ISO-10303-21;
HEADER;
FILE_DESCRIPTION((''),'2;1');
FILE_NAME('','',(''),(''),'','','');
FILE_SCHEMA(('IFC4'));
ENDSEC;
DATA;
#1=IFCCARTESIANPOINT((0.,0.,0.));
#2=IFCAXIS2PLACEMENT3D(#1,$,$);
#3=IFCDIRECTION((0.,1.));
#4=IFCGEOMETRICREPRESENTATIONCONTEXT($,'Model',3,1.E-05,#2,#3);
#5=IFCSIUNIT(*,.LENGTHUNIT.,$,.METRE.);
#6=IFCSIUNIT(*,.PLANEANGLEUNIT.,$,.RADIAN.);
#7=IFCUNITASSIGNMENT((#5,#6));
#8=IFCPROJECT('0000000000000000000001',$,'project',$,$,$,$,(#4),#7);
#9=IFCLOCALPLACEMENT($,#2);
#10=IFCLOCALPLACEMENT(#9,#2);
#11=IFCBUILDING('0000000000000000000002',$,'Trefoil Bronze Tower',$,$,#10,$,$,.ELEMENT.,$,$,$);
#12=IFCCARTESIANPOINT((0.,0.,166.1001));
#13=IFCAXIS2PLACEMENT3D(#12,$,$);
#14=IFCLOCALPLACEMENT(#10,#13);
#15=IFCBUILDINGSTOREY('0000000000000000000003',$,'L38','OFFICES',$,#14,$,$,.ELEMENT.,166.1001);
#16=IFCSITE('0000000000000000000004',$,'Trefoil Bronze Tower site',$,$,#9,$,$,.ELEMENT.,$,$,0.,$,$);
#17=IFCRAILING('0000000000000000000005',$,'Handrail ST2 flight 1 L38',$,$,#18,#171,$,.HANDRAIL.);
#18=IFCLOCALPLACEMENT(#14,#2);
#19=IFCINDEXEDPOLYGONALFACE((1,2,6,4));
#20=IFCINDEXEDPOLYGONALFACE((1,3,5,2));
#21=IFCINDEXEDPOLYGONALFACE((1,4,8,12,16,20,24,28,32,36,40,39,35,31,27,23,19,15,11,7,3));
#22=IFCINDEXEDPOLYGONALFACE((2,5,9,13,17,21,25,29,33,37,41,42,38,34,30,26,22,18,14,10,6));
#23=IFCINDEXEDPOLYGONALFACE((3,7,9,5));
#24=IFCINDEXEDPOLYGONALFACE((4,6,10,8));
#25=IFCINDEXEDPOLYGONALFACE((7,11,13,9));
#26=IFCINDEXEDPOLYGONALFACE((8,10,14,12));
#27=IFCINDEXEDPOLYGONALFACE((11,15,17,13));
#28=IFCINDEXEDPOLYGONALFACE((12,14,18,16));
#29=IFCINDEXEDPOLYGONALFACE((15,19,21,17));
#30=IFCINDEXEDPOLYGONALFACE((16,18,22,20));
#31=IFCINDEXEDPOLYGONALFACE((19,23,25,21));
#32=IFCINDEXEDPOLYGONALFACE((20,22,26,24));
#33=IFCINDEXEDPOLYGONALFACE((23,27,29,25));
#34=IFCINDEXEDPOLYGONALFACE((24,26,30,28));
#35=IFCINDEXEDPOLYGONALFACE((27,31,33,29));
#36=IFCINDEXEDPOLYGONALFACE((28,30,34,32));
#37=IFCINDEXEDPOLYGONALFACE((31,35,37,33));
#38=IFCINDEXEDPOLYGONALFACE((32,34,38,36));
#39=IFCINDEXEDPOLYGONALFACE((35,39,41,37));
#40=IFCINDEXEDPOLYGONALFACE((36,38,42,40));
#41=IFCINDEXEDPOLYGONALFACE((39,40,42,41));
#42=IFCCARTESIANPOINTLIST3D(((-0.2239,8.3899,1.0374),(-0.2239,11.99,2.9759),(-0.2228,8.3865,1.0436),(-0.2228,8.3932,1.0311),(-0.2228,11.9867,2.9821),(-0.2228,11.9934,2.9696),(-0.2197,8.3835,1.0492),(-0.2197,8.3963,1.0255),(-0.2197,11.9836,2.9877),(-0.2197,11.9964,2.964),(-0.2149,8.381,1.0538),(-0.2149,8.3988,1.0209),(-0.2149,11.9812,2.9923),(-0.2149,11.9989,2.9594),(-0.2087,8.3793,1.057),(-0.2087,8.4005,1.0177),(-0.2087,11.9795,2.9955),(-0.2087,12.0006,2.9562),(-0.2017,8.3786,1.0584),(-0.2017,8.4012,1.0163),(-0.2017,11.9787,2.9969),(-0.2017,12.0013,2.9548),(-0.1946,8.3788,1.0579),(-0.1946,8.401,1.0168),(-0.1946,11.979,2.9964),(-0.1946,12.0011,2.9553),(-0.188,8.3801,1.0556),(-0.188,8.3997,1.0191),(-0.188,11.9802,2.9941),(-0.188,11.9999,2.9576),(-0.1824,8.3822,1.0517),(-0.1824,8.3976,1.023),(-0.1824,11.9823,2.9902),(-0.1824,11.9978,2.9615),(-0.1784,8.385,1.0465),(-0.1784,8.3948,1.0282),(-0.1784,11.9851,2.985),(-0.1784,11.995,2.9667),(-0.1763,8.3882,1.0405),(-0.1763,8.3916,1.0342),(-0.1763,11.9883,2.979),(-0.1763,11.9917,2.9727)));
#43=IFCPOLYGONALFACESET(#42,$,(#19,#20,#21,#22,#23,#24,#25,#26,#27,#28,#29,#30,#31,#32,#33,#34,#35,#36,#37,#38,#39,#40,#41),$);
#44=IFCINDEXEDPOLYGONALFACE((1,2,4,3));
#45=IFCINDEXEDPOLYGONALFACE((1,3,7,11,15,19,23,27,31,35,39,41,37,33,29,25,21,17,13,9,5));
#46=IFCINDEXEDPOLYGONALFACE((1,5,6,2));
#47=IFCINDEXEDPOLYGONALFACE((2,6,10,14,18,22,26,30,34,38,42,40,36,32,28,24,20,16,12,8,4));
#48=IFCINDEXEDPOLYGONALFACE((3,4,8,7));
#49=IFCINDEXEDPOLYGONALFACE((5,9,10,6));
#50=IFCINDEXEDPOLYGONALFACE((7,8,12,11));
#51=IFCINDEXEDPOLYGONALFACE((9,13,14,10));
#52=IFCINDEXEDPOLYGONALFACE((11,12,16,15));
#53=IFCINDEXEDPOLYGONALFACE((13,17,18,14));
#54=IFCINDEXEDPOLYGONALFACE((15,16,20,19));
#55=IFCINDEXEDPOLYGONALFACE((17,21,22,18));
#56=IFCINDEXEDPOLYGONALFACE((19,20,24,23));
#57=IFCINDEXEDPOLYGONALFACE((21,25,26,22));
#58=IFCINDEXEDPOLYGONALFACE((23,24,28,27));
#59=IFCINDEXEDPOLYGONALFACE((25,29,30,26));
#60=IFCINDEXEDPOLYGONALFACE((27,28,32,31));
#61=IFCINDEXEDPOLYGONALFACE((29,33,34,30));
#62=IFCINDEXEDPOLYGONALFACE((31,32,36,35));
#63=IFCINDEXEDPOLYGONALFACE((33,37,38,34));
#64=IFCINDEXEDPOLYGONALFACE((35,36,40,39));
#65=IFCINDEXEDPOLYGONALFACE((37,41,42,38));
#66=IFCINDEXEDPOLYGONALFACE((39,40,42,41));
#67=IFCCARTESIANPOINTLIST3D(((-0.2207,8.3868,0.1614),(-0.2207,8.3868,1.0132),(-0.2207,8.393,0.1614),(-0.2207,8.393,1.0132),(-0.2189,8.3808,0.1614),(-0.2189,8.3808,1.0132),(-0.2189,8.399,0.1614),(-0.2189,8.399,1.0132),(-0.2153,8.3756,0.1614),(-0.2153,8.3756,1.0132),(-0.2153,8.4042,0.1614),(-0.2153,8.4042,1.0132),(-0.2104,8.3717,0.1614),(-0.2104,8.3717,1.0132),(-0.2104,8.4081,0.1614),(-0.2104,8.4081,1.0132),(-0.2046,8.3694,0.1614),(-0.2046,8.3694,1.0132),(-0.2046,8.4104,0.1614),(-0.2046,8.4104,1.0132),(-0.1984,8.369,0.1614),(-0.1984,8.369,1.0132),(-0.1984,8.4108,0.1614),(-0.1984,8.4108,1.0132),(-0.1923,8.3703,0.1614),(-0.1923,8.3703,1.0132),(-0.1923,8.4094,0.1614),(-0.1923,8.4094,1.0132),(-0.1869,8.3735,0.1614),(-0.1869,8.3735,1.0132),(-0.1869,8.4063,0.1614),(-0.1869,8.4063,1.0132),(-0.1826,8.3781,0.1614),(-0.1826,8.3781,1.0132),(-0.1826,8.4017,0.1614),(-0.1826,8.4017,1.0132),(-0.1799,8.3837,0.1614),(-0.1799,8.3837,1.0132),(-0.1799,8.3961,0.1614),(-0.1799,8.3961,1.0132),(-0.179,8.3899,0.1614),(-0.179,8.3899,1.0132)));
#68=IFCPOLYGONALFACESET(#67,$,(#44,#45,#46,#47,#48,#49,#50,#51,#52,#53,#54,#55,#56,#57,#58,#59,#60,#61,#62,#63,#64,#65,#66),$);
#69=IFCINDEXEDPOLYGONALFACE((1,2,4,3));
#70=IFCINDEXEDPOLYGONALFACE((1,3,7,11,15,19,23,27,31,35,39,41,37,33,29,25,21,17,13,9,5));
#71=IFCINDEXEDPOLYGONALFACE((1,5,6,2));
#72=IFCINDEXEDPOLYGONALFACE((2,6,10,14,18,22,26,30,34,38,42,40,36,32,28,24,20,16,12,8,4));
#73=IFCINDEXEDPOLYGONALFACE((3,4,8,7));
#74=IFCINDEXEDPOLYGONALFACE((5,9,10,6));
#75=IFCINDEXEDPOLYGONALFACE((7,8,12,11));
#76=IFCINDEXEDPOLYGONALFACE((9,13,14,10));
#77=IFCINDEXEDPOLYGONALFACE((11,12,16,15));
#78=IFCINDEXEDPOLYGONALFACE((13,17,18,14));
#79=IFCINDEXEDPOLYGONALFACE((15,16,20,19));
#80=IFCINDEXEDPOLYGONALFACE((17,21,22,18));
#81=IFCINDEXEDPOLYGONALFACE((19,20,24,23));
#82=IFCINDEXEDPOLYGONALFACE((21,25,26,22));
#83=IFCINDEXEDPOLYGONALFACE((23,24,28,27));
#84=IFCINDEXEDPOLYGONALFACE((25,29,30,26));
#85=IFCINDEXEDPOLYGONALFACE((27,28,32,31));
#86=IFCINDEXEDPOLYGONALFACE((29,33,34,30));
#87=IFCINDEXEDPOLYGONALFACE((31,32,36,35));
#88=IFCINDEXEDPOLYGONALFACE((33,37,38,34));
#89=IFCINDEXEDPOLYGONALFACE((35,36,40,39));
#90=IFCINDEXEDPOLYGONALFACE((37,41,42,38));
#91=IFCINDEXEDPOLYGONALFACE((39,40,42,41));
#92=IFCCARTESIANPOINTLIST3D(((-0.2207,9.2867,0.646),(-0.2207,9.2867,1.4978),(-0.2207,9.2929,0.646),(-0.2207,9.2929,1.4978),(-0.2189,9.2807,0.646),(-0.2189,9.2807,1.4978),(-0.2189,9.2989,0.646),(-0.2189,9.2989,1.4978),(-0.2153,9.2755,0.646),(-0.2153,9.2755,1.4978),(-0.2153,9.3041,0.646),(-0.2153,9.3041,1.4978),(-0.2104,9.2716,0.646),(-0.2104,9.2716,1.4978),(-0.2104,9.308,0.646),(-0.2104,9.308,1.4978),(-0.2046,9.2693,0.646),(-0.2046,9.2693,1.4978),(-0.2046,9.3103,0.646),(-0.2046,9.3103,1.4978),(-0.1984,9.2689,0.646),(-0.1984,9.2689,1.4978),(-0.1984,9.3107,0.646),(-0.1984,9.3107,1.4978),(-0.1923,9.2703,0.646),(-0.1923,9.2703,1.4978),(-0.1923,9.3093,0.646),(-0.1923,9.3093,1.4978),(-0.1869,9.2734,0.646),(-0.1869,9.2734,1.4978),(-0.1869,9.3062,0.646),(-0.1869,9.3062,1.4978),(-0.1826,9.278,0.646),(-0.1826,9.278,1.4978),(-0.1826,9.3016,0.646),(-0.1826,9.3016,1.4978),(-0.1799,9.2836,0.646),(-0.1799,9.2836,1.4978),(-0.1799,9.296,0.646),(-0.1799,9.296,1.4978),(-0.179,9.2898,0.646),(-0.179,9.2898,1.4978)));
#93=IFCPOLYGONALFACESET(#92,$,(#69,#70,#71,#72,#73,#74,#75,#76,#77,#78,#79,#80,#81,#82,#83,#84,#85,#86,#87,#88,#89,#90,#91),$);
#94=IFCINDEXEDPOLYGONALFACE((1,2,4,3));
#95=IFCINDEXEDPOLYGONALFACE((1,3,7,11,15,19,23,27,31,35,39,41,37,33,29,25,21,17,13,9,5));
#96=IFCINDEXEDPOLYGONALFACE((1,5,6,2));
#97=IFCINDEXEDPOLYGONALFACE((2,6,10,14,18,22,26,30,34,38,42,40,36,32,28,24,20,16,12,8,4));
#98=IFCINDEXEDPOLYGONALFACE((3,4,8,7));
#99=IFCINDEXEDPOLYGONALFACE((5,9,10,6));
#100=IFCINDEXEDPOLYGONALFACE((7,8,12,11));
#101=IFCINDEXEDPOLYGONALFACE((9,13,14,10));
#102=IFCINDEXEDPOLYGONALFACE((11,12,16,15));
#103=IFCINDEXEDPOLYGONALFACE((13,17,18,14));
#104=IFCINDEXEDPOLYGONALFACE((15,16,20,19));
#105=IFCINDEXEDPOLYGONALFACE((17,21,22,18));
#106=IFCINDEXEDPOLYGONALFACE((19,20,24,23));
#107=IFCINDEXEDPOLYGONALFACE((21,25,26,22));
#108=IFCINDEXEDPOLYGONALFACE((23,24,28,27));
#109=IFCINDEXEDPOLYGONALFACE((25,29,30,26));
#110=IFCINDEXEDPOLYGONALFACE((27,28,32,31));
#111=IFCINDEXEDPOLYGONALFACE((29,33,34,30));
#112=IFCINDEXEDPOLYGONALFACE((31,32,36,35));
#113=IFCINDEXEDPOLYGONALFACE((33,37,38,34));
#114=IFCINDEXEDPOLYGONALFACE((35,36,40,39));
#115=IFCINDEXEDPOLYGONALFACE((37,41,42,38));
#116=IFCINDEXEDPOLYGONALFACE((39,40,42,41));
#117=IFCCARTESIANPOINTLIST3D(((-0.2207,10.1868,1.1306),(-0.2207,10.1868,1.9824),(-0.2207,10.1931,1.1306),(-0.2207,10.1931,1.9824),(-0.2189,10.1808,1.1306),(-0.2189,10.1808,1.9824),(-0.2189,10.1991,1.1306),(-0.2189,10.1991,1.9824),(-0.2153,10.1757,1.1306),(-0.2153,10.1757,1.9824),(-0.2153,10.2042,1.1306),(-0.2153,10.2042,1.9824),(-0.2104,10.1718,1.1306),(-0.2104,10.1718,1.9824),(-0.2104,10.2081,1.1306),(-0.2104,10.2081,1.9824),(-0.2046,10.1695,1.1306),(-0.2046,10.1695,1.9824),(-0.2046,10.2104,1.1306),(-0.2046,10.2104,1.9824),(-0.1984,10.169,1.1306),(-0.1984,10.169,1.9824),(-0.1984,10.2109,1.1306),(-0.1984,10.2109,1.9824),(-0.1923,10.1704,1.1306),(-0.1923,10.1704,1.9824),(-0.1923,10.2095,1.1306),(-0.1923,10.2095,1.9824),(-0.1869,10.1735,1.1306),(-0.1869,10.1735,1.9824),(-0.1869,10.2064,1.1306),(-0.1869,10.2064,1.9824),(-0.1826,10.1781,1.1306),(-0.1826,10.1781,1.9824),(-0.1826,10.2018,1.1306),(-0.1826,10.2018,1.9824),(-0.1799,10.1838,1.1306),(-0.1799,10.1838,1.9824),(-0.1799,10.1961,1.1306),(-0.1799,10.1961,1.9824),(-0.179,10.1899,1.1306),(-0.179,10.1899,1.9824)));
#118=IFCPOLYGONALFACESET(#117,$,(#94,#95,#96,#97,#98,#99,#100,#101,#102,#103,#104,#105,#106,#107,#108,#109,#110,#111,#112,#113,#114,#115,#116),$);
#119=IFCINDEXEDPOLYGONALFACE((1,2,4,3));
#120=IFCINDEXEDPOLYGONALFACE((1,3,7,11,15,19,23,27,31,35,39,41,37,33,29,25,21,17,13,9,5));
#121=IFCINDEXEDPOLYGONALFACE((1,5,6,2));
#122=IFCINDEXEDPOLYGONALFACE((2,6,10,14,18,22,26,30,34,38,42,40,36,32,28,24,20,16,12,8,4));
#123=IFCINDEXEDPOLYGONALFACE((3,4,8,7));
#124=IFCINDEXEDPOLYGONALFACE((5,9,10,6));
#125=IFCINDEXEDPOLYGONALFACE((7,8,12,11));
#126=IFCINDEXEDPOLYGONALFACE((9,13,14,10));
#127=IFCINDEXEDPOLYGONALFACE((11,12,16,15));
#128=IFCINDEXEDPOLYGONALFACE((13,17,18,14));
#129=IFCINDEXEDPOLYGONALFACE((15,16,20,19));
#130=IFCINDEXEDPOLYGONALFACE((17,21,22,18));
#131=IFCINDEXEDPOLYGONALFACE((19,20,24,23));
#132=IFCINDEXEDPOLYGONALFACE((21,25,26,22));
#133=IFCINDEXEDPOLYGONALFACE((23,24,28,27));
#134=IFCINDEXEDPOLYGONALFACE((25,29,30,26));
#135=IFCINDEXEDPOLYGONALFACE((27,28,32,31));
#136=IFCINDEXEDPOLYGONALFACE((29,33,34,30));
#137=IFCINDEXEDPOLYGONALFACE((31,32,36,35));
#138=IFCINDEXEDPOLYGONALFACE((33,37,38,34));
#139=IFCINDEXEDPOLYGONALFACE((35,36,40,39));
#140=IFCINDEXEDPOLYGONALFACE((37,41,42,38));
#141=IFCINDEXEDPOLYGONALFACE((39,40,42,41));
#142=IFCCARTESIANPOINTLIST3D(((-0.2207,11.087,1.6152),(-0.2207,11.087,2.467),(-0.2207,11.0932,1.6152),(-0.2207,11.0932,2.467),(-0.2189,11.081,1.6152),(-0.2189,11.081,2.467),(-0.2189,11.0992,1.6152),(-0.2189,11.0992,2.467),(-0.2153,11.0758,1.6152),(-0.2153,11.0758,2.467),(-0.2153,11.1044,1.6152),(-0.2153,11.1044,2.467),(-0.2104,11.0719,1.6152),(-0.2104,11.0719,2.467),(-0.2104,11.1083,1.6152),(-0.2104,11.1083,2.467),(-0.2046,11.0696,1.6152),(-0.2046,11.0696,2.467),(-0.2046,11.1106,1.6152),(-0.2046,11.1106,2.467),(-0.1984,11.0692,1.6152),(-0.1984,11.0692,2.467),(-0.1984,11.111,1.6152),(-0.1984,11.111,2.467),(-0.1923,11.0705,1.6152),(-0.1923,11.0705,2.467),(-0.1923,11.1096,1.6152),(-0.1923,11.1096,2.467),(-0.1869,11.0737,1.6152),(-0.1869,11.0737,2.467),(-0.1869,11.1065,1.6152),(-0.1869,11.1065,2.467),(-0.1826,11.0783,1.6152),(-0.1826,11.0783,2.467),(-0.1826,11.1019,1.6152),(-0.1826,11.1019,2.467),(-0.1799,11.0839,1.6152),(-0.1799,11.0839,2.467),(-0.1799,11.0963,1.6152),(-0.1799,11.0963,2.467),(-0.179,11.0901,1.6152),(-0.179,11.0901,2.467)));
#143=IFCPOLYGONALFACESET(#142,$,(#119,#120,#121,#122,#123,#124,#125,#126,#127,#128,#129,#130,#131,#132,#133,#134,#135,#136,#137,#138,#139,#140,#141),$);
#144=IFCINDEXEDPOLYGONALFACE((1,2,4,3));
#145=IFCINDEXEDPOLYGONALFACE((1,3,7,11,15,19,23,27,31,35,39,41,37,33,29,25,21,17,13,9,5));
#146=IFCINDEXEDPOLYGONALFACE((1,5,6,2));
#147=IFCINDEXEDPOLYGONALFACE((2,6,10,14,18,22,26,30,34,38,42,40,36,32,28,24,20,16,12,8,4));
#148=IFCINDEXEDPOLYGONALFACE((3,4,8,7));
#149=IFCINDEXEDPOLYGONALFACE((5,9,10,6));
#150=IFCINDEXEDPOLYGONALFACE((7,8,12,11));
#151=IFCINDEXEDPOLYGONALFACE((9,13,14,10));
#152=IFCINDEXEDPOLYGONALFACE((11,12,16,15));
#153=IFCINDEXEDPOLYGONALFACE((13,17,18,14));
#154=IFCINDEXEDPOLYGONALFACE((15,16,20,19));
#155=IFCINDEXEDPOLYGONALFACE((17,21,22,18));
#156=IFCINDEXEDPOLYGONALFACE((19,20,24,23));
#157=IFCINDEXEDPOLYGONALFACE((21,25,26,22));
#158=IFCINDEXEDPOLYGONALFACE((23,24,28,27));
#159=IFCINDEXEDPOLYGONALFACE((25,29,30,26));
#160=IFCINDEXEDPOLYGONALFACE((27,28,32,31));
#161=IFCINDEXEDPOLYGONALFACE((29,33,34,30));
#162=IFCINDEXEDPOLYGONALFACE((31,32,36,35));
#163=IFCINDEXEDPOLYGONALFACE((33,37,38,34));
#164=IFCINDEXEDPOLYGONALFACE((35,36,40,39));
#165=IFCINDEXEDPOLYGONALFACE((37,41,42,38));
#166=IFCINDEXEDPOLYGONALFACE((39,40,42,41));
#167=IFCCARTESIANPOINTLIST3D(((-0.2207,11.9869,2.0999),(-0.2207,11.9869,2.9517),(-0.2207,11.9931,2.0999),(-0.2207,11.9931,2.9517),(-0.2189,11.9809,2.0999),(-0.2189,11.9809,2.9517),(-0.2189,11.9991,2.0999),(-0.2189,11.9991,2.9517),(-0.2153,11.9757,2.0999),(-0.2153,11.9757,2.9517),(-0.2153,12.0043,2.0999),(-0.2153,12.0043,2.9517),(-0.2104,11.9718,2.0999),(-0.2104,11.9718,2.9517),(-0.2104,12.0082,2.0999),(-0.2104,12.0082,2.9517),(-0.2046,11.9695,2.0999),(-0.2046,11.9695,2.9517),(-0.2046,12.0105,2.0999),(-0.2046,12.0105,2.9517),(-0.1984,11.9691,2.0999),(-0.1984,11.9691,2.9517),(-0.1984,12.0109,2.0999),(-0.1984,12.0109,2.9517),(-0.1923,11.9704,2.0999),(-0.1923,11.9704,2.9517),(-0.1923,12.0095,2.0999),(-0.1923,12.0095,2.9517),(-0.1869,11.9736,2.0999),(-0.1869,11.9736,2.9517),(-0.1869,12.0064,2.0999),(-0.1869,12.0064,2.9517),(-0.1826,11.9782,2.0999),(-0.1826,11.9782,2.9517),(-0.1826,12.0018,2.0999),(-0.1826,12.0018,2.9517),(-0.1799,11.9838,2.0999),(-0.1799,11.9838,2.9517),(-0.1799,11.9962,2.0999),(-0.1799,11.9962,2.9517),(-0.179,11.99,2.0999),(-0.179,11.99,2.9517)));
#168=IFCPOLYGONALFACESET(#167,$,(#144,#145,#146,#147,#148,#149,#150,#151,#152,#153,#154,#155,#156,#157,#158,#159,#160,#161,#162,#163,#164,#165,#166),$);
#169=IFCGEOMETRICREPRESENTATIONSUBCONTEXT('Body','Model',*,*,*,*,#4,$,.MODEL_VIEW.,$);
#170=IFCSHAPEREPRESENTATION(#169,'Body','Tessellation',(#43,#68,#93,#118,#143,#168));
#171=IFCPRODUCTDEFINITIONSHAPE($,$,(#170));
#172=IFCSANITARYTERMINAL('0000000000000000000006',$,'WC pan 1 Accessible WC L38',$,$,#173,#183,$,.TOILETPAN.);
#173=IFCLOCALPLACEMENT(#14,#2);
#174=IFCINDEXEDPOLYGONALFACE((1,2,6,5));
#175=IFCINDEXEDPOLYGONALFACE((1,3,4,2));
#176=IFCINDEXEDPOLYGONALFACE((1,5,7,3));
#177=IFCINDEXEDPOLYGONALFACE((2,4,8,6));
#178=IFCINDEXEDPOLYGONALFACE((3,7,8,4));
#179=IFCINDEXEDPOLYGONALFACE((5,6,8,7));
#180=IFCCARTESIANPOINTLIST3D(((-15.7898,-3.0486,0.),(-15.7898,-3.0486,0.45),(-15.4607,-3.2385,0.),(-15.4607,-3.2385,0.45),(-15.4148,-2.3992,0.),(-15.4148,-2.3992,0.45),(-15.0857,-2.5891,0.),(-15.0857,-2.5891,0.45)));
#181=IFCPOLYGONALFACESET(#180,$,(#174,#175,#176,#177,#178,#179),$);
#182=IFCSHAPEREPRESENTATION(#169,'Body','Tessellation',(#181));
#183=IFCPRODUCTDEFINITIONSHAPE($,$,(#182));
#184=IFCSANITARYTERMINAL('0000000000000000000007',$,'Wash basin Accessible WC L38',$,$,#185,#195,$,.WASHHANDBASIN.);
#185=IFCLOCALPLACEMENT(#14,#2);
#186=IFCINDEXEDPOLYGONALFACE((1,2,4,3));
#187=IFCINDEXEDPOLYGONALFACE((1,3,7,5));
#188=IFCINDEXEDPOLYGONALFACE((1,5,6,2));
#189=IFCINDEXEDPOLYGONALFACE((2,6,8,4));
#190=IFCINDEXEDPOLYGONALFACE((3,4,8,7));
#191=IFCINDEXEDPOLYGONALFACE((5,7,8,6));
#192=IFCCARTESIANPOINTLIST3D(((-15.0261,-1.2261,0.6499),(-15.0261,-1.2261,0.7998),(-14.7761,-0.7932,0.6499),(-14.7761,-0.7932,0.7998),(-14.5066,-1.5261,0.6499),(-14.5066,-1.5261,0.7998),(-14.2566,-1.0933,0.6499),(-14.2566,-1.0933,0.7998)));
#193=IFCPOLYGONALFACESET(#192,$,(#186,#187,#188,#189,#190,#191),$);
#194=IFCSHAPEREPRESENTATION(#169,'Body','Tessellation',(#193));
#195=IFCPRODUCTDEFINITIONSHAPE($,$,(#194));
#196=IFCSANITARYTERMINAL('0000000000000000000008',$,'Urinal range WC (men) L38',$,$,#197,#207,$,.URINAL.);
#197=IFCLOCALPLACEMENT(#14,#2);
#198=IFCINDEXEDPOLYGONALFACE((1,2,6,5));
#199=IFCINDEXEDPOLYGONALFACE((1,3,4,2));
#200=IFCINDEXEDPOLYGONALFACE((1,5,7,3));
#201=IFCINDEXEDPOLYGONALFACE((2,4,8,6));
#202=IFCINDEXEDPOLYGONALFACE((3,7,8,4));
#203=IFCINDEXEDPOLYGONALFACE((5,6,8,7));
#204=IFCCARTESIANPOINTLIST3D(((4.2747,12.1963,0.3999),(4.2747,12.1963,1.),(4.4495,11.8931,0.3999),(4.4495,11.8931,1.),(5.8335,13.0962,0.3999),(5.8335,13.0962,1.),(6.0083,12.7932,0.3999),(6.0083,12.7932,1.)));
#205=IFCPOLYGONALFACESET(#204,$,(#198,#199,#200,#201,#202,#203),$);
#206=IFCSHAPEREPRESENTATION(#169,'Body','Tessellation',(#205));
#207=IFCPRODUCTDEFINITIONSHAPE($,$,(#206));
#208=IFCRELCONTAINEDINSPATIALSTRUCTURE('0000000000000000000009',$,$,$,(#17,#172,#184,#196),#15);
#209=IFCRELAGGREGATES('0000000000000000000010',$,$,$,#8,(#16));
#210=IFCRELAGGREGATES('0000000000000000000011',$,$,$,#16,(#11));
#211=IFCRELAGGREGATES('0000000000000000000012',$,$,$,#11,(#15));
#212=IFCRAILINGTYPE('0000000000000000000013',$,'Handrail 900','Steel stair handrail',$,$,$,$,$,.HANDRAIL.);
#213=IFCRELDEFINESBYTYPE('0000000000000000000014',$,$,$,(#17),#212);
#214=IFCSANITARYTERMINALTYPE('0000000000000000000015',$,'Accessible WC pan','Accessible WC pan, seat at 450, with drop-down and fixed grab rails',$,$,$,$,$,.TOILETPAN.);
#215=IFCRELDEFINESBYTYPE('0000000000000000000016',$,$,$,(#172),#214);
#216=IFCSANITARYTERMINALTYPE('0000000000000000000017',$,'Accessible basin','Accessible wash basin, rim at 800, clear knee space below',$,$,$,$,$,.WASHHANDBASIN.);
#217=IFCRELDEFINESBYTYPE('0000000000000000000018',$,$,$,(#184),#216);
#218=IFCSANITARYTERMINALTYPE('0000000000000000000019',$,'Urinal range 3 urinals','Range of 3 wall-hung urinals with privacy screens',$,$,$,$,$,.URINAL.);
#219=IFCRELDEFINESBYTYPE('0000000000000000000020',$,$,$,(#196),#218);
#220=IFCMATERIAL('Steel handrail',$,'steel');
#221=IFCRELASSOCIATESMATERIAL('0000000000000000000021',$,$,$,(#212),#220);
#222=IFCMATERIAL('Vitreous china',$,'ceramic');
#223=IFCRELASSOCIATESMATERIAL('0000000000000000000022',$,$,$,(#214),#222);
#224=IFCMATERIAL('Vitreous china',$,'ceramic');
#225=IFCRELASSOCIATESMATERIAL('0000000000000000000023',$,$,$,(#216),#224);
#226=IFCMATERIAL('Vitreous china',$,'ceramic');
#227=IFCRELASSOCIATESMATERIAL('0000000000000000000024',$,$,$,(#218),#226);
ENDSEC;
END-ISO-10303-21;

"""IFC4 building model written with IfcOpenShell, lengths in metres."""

from ifc_helpers import new_model, si_unit, direction, frame, origin, origin_2d, place, context, subcontext, project, spatial, polyline, circle, outline, extrude, material, type_object, element, save


model = new_model("IFC4")

# Units and contexts
model_context = context("Model", 3, precision=1e-05, world=origin(), true_north=direction((0.0, 1.0)))
body_context = subcontext(model_context, "Body", "Model", "MODEL_VIEW")
ifc_project = project(units=[si_unit("LENGTHUNIT", "METRE"), si_unit("PLANEANGLEUNIT", "RADIAN")], contexts=[model_context])

# Site, building, storey
site_placement = place(None, origin())
site = spatial("IfcSite", under=ifc_project, at=site_placement, Name="Trefoil Bronze Tower site", CompositionType="ELEMENT", RefElevation=0.0)
building_placement = place(site_placement, origin())
building = spatial("IfcBuilding", under=site, at=building_placement, Name="Trefoil Bronze Tower", CompositionType="ELEMENT")
storey_placement = place(building_placement, frame((0.0, 0.0, 166.1001)))
storey = spatial("IfcBuildingStorey", under=building, at=storey_placement, Name="L38", Description="OFFICES", CompositionType="ELEMENT", Elevation=166.1001)

# Railing
ifc_material_1 = material(Name="Steel handrail", Category="steel")
railing_type = type_object("IfcRailingType", Name="Handrail 900", Description="Steel stair handrail", PredefinedType="HANDRAIL", material=ifc_material_1)
railing_placement = place(storey_placement, frame((-0.2, 8.3899, 0.1614)))
element("IfcRailing", 1, at=railing_placement, inside=storey, type_object=railing_type, Name="Handrail ST2 flight 1 L38", PredefinedType="HANDRAIL", context=body_context, shape_type="SweptSolid", body=[
    extrude(circle(Radius=0.0239, at=origin_2d()), frame((0.0, 0.0, 0.876), z_axis=(0.0, 0.880475, 0.474093), x_axis=(-1.0, 0.0, 0.0)), (0.0, 0.0, 1.0), 4.0889),
    extrude(circle(Radius=0.021, at=origin_2d()), origin(), (0.0, 0.0, 1.0), 0.8518),
    extrude(circle(Radius=0.021, at=origin_2d()), frame((0.0, 0.8999, 0.4846)), (0.0, 0.0, 1.0), 0.8518),
    extrude(circle(Radius=0.021, at=origin_2d()), frame((0.0, 1.8, 0.9692)), (0.0, 0.0, 1.0), 0.8518),
    extrude(circle(Radius=0.021, at=origin_2d()), frame((0.0, 2.7002, 1.4539)), (0.0, 0.0, 1.0), 0.8518),
    extrude(circle(Radius=0.021, at=origin_2d()), frame((0.0, 3.6001, 1.9385)), (0.0, 0.0, 1.0), 0.8518),
])

# Sanitary terminals
ifc_material_2 = material(Name="Vitreous china", Category="ceramic")
sanitary_terminal_type_1 = type_object("IfcSanitaryTerminalType", Name="Accessible WC pan", Description="Accessible WC pan, seat at 450, with drop-down and fixed grab rails", PredefinedType="TOILETPAN", material=ifc_material_2)
sanitary_terminal_1_placement = place(storey_placement, origin())
element("IfcSanitaryTerminal", 2, at=sanitary_terminal_1_placement, inside=storey, type_object=sanitary_terminal_type_1, Name="WC pan 1 Accessible WC L38", PredefinedType="TOILETPAN", context=body_context, shape_type="SweptSolid", body=[
    extrude(outline(polyline([(-15.0857, -2.5891), (-15.4607, -3.2385), (-15.7898, -3.0486), (-15.4148, -2.3992), (-15.0857, -2.5891)])), origin(), (0.0, 0.0, 1.0), 0.45),
])
ifc_material_3 = material(Name="Vitreous china", Category="ceramic")
sanitary_terminal_type_2 = type_object("IfcSanitaryTerminalType", Name="Accessible basin", Description="Accessible wash basin, rim at 800, clear knee space below", PredefinedType="WASHHANDBASIN", material=ifc_material_3)
sanitary_terminal_2_placement = place(storey_placement, frame((0.0, 0.0, 0.6499)))
element("IfcSanitaryTerminal", 3, at=sanitary_terminal_2_placement, inside=storey, type_object=sanitary_terminal_type_2, Name="Wash basin Accessible WC L38", PredefinedType="WASHHANDBASIN", context=body_context, shape_type="SweptSolid", body=[
    extrude(outline(polyline([(-14.2566, -1.0933), (-14.5066, -1.5261), (-15.0261, -1.2261), (-14.7761, -0.7932), (-14.2566, -1.0933)])), origin(), (0.0, 0.0, 1.0), 0.1499),
])
ifc_material_4 = material(Name="Vitreous china", Category="ceramic")
sanitary_terminal_type_3 = type_object("IfcSanitaryTerminalType", Name="Urinal range 3 urinals", Description="Range of 3 wall-hung urinals with privacy screens", PredefinedType="URINAL", material=ifc_material_4)
sanitary_terminal_3_placement = place(storey_placement, frame((0.0, 0.0, 0.3999)))
element("IfcSanitaryTerminal", 4, at=sanitary_terminal_3_placement, inside=storey, type_object=sanitary_terminal_type_3, Name="Urinal range WC (men) L38", PredefinedType="URINAL", context=body_context, shape_type="SweptSolid", body=[
    extrude(outline(polyline([(4.4495, 11.8931), (4.2747, 12.1963), (5.8335, 13.0962), (6.0083, 12.7932), (4.4495, 11.8931)])), origin(), (0.0, 0.0, 1.0), 0.6001),
])

save(model, "model.ifc")
